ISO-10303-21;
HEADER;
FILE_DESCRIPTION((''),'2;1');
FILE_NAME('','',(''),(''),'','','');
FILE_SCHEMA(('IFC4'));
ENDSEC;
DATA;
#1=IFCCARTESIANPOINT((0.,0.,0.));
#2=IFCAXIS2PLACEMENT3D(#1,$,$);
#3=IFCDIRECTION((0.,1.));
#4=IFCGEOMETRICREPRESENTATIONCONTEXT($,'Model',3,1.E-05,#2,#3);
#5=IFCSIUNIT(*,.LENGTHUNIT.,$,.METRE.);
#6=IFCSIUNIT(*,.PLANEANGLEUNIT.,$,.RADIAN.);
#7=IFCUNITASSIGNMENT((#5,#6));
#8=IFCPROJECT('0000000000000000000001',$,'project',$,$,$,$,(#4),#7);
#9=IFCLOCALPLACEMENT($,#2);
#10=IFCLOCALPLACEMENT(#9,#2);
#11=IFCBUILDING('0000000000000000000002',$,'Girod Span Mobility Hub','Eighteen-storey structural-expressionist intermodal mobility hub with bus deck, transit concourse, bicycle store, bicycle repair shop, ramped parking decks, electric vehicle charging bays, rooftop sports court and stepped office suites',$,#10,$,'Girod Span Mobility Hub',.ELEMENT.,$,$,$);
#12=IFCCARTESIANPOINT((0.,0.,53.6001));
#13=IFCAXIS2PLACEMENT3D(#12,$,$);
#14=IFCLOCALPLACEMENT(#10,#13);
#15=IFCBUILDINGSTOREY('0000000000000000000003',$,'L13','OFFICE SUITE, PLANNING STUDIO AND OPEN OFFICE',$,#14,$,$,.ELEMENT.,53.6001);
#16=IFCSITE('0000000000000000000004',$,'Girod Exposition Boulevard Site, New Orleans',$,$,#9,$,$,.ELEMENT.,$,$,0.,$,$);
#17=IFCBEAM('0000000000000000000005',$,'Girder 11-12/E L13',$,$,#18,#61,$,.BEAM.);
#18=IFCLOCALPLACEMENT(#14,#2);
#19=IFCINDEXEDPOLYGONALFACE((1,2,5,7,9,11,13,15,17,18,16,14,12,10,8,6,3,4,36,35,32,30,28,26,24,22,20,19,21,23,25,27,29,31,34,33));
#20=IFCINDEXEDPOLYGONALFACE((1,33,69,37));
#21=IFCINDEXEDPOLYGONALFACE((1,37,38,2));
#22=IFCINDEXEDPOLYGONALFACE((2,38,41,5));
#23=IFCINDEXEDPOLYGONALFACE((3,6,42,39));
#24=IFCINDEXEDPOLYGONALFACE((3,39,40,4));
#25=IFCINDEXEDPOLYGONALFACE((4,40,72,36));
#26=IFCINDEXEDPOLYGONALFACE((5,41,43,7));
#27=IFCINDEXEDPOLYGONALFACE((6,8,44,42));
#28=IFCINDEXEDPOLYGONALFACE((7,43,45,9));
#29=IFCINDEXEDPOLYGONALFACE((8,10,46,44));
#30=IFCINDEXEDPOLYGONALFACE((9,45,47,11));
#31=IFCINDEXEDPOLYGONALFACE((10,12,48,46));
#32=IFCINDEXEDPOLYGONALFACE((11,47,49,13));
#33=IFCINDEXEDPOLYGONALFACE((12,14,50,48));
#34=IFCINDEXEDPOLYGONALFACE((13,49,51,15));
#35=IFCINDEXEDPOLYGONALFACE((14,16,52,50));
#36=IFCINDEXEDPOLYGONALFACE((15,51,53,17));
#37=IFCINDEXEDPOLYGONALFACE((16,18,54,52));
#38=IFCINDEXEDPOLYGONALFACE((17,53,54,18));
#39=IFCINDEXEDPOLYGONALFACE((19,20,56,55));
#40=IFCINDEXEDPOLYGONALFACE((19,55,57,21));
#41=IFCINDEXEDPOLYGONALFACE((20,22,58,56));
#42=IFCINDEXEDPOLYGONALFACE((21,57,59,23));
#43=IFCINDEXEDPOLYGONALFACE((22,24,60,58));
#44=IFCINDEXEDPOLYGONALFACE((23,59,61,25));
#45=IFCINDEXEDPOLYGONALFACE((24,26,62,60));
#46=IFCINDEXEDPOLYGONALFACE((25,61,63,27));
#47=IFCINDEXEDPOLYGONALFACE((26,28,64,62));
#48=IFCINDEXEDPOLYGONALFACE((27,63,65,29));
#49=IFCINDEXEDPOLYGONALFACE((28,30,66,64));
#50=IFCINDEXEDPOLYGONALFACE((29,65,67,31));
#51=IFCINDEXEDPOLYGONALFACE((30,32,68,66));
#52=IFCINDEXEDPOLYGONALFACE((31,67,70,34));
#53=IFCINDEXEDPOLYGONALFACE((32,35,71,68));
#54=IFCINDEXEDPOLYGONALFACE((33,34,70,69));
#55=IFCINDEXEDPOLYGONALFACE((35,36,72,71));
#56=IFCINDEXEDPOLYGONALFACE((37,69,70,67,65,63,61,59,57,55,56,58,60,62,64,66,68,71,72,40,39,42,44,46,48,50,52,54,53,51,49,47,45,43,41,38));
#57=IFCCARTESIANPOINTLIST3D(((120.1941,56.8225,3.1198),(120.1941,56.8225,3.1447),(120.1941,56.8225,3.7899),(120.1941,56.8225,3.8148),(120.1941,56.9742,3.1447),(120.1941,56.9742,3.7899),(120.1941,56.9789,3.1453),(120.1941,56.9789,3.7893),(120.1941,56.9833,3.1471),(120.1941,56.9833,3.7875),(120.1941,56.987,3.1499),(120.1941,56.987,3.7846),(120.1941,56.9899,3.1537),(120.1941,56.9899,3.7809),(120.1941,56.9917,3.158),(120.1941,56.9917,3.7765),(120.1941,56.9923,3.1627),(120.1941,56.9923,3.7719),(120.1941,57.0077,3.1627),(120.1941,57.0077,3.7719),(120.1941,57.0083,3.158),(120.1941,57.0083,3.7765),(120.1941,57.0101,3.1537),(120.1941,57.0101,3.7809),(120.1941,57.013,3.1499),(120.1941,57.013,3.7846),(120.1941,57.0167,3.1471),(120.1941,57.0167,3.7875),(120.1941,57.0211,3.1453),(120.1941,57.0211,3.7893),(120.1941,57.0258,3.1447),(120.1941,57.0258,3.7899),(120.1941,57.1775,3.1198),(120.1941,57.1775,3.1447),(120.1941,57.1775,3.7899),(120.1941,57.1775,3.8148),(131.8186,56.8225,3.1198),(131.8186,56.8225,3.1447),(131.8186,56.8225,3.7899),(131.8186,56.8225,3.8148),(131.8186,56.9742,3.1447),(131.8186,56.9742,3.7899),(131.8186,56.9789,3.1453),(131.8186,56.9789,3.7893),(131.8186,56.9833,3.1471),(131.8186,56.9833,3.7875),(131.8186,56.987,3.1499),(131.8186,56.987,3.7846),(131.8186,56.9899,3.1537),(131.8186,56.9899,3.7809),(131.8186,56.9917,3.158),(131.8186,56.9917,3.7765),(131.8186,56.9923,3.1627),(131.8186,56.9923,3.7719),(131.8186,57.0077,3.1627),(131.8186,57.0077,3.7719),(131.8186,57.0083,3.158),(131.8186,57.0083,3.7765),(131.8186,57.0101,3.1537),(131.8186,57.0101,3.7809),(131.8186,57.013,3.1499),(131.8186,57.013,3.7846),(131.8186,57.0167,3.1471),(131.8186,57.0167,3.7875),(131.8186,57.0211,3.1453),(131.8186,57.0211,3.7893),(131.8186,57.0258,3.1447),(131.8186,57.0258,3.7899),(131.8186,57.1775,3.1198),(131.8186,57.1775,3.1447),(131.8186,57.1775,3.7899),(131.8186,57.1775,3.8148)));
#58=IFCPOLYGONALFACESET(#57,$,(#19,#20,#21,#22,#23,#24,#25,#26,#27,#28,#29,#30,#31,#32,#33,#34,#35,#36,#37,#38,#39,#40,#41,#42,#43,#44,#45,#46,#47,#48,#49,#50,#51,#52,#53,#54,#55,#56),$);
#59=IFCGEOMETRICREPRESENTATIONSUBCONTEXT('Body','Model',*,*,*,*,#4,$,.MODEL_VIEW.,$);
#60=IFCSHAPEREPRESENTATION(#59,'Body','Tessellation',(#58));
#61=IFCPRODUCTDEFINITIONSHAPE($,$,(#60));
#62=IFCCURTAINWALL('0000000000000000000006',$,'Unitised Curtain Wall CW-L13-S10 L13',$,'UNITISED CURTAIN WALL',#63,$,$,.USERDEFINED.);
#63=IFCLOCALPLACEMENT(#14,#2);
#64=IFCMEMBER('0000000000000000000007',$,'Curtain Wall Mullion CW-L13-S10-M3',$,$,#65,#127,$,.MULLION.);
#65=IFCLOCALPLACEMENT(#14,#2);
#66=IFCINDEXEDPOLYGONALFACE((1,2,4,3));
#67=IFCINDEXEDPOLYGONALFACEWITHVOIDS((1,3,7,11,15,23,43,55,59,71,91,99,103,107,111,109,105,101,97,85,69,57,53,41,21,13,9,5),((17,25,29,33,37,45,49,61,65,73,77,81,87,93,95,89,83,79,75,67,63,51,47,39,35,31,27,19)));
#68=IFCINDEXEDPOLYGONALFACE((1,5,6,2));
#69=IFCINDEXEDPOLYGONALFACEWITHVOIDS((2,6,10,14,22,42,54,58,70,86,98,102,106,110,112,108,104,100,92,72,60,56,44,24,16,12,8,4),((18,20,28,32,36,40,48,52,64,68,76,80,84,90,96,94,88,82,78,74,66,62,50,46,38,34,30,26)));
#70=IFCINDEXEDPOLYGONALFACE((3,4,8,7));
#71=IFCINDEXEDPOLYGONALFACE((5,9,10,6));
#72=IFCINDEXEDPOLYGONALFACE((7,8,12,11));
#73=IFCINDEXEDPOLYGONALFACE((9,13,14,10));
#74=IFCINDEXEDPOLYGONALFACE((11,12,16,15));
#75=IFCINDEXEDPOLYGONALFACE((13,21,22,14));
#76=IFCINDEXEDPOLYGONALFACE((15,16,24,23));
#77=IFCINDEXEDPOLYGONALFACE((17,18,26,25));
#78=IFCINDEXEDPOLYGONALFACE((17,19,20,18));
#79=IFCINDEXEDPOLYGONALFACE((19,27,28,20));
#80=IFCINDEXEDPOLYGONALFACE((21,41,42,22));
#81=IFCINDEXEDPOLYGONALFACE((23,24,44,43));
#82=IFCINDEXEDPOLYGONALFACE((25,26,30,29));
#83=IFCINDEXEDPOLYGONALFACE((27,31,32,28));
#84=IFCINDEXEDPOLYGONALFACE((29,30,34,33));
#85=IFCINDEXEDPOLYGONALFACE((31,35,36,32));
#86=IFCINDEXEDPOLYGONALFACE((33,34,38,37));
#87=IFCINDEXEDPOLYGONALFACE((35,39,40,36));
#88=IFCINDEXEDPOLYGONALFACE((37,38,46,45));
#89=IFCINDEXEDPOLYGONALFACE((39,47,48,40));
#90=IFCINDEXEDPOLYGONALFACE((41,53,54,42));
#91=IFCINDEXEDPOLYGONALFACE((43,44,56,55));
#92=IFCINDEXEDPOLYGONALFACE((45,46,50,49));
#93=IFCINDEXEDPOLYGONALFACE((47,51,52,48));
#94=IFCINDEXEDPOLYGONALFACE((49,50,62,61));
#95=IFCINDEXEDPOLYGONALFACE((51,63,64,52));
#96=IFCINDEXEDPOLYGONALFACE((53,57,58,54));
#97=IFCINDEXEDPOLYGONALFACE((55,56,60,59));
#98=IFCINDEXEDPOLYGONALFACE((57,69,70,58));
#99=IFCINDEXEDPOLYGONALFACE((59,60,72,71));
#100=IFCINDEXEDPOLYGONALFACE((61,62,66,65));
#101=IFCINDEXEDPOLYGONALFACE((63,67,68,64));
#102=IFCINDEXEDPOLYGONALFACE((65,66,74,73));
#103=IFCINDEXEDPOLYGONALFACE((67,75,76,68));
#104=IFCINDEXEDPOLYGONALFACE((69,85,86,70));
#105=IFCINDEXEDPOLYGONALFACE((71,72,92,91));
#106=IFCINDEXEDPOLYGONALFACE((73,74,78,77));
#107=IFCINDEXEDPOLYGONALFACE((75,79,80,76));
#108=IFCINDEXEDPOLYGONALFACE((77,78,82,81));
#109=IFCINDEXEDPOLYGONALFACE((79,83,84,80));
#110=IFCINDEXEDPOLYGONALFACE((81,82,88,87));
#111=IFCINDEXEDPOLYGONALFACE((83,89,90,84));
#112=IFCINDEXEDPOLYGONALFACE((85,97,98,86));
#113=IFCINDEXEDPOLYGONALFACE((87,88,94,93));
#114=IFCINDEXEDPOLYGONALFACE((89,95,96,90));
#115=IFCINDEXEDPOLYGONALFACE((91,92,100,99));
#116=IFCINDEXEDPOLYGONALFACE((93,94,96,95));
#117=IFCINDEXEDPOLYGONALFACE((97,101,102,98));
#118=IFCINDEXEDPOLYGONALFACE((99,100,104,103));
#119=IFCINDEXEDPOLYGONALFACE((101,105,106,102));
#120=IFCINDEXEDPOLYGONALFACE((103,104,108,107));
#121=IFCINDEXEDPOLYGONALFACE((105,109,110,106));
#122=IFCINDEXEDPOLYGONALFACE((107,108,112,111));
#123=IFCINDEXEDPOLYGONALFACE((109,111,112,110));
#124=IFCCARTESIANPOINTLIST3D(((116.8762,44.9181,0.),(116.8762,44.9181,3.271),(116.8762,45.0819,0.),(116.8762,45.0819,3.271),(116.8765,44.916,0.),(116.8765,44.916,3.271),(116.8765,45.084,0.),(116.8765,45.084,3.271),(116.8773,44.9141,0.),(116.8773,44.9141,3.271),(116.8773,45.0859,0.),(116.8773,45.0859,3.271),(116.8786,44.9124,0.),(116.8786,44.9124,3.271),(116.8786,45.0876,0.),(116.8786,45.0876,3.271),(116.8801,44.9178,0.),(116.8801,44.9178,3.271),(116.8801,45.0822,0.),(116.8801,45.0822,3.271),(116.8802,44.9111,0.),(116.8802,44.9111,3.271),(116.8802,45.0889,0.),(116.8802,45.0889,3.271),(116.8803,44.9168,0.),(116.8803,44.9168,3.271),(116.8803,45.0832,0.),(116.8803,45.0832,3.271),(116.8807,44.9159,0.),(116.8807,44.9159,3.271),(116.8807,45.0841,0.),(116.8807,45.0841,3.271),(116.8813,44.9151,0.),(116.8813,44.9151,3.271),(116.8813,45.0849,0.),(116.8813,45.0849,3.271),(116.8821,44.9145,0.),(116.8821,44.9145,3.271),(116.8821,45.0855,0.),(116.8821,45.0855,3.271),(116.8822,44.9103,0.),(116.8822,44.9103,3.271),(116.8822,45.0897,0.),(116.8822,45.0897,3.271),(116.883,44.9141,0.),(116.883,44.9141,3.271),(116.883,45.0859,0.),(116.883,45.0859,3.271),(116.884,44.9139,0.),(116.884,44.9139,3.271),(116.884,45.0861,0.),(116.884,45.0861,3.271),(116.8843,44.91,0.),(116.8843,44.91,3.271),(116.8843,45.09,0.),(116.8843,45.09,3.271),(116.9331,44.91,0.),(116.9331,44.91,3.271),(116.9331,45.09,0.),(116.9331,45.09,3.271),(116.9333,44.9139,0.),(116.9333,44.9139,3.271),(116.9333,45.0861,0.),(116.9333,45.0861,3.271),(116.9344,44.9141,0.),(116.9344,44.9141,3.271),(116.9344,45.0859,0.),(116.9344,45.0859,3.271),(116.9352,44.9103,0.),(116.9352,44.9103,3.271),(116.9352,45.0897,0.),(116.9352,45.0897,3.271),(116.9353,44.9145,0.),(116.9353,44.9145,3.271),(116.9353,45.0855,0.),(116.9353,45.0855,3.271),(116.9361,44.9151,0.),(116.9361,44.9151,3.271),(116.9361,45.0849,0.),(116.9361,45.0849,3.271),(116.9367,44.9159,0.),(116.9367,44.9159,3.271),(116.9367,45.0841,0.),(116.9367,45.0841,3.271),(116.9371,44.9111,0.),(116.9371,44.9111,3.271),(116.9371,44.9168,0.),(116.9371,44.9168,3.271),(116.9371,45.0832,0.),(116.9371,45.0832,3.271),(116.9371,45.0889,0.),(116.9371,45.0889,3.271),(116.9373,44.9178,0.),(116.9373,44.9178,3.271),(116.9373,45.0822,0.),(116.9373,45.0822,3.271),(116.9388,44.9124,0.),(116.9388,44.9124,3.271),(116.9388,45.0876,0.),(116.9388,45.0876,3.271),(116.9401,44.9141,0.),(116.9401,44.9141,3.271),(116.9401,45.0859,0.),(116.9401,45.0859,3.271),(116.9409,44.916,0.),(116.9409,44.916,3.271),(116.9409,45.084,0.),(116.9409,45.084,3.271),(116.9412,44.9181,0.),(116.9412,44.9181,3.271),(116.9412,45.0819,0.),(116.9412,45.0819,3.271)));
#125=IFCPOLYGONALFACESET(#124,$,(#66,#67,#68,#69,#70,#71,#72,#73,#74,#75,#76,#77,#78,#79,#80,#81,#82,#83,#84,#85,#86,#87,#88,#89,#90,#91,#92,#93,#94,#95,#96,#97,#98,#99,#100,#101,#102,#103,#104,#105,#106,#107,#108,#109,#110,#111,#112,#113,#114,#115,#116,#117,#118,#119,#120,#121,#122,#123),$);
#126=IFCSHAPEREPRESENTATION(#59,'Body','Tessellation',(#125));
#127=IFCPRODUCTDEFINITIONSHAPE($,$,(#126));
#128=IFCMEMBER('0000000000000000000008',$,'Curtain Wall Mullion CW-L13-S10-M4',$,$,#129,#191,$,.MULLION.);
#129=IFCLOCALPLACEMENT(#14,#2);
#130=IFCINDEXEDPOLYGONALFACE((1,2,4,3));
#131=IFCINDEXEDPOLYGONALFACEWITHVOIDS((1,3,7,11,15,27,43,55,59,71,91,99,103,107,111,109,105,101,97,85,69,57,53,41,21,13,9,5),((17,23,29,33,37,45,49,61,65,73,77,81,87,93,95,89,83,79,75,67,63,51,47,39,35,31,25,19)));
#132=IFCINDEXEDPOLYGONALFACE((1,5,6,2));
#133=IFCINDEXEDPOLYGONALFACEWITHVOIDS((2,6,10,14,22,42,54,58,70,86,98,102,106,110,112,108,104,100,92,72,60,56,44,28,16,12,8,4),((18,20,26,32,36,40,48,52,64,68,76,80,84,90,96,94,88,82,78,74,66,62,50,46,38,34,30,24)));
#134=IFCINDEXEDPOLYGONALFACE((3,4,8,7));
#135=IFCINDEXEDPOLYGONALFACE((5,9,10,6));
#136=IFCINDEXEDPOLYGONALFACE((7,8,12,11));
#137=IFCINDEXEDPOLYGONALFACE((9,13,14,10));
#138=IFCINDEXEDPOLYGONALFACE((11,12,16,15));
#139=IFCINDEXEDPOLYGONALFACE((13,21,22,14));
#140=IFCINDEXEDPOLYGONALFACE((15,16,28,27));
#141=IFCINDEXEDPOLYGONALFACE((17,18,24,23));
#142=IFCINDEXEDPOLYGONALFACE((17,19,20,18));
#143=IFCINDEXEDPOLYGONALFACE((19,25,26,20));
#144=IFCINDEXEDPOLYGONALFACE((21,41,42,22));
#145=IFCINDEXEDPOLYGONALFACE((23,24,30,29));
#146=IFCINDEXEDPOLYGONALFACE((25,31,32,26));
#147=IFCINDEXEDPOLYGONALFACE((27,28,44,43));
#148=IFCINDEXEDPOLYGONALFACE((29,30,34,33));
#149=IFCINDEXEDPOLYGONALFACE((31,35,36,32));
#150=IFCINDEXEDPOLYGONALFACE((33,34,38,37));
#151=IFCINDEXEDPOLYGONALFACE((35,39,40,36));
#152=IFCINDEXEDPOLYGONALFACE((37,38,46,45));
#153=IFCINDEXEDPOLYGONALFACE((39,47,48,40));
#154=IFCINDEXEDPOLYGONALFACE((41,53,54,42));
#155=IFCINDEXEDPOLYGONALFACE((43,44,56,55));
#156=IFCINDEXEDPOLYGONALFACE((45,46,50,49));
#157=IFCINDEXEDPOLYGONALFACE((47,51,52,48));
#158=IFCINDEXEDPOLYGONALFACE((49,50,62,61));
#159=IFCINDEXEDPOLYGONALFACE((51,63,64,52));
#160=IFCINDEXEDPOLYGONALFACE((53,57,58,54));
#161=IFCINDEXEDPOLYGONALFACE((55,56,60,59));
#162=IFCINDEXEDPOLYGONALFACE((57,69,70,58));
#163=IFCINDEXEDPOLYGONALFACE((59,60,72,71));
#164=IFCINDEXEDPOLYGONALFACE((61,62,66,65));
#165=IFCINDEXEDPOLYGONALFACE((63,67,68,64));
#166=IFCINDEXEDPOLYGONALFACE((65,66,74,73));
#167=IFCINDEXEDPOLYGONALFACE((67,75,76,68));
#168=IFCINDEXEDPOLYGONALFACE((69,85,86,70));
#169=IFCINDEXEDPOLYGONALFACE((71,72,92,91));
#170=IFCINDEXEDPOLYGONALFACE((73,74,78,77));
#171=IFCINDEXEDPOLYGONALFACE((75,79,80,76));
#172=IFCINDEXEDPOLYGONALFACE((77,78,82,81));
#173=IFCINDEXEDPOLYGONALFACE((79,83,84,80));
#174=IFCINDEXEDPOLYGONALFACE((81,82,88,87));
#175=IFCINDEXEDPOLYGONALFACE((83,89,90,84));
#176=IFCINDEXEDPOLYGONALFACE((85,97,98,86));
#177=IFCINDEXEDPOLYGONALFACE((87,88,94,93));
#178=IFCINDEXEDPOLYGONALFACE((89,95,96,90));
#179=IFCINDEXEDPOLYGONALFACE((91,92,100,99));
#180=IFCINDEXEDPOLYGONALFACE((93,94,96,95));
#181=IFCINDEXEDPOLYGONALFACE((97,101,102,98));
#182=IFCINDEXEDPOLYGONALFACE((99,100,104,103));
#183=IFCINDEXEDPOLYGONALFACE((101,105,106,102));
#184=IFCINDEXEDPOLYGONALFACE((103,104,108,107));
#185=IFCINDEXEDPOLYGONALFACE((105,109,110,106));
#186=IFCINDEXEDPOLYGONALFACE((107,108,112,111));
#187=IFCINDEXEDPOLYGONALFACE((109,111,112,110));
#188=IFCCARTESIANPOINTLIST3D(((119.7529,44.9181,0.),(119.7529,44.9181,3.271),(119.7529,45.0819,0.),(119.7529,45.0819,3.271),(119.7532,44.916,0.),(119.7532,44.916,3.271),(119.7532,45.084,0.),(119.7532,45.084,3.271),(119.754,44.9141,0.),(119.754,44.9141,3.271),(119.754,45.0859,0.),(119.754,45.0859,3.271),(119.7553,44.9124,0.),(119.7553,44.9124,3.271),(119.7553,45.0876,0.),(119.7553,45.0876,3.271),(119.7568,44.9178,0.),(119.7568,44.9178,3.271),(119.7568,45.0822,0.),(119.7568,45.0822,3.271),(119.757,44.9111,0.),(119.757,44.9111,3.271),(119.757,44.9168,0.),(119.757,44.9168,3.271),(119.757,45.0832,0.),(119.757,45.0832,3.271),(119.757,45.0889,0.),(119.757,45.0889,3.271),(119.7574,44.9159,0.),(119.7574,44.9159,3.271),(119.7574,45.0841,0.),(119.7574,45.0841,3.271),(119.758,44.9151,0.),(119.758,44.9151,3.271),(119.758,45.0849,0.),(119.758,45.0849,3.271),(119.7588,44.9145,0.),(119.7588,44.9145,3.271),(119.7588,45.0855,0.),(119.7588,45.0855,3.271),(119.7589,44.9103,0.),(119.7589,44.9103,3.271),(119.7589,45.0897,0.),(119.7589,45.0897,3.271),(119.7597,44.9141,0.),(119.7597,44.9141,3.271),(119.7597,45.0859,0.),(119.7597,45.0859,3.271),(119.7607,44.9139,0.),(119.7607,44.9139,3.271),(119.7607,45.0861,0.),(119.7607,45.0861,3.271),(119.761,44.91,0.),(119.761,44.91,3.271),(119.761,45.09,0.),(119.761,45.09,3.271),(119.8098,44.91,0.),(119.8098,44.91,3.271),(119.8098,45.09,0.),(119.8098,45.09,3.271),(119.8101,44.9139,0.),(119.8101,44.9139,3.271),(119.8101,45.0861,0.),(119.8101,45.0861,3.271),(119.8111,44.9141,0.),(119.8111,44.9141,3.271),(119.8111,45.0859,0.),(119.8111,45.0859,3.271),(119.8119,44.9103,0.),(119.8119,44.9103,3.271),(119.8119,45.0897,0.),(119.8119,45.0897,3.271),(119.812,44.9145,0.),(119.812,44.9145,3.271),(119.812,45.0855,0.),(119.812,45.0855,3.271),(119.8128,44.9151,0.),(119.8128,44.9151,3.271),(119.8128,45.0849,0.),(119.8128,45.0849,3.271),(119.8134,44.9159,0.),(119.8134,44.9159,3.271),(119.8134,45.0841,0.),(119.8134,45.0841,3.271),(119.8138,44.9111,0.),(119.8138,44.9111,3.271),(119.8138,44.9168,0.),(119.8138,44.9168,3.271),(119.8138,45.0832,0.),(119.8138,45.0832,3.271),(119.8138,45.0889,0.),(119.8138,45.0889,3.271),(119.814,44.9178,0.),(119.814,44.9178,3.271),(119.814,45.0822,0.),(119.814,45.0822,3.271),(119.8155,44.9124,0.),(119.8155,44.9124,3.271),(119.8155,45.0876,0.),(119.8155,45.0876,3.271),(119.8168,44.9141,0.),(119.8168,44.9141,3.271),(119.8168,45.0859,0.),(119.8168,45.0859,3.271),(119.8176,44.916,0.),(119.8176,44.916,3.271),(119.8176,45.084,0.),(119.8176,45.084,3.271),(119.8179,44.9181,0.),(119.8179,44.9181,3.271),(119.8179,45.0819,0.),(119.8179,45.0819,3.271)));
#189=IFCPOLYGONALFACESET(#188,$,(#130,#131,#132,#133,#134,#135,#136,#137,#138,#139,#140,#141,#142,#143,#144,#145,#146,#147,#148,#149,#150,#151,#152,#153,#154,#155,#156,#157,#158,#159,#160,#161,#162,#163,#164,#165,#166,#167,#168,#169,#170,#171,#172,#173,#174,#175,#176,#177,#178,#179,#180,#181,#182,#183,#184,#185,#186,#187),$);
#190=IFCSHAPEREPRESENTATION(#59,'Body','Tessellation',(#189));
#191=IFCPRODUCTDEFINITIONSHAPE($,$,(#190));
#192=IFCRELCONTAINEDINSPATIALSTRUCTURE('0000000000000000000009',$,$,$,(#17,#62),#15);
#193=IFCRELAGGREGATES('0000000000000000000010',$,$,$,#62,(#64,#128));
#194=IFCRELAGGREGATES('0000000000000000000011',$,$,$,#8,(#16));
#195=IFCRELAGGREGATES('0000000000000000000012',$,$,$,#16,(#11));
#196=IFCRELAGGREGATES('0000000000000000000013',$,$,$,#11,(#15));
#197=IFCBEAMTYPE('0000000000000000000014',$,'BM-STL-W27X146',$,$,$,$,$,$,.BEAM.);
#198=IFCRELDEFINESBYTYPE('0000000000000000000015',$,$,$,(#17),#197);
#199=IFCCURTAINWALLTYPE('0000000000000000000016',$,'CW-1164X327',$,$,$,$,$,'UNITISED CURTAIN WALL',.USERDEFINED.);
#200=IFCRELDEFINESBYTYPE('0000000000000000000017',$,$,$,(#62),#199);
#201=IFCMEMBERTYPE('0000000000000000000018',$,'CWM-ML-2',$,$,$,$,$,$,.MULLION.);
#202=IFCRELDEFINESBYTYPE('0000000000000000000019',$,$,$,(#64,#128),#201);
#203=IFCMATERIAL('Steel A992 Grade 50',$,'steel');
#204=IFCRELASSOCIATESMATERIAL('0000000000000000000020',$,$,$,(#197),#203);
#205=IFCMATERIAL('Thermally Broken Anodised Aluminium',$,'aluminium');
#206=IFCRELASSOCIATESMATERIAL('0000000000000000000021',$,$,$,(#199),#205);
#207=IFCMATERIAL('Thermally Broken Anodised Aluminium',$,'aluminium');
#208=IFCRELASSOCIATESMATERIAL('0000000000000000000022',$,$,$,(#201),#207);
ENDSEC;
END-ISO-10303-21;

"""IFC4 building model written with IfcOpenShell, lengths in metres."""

from ifc_helpers import new_model, si_unit, direction, frame, origin, origin_2d, place, context, subcontext, project, spatial, hollow_rectangle, i_section, extrude, material, material_profile, profile_set, type_object, element, aggregate, save


model = new_model("IFC4")

# Units and contexts
model_context = context("Model", 3, precision=1e-05, world=origin(), true_north=direction((0.0, 1.0)))
body_context = subcontext(model_context, "Body", "Model", "MODEL_VIEW")
ifc_project = project(units=[si_unit("LENGTHUNIT", "METRE"), si_unit("PLANEANGLEUNIT", "RADIAN")], contexts=[model_context])

# Site, building, storey
site_placement = place(None, origin())
site = spatial("IfcSite", under=ifc_project, at=site_placement, Name="Girod Exposition Boulevard Site, New Orleans", CompositionType="ELEMENT", RefElevation=0.0)
building_placement = place(site_placement, origin())
building = spatial("IfcBuilding", under=site, at=building_placement, Name="Girod Span Mobility Hub", Description="Eighteen-storey structural-expressionist intermodal mobility hub with bus deck, transit concourse, bicycle store, bicycle repair shop, ramped parking decks, electric vehicle charging bays, rooftop sports court and stepped office suites", LongName="Girod Span Mobility Hub", CompositionType="ELEMENT")
storey_placement = place(building_placement, frame((0.0, 0.0, 53.6001)))
storey = spatial("IfcBuildingStorey", under=building, at=storey_placement, Name="L13", Description="OFFICE SUITE, PLANNING STUDIO AND OPEN OFFICE", CompositionType="ELEMENT", Elevation=53.6001)

# Beam
ifc_material_1 = material(Name="Steel A992 Grade 50", Category="steel")
ifc_material_profile_1 = material_profile(ifc_material_1, i_section(OverallWidth=0.355, OverallDepth=0.6951, WebThickness=0.0154, FlangeThickness=0.0249, FilletRadius=0.0181, at=origin_2d()), Name="W27X146")
ifc_profile_set_1 = profile_set([ifc_material_profile_1], Name="Steel A992 Grade 50")
beam_type_1 = type_object("IfcBeamType", Name="BM-STL-W27X146", PredefinedType="BEAM", material=ifc_profile_set_1)
beam_1_placement = place(storey_placement, frame((120.1941, 57.0, 3.4673), z_axis=(1.0, 0.0, 0.0), x_axis=(0.0, 1.0, 0.0)))
element("IfcBeam", 1, at=beam_1_placement, inside=storey, type_object=beam_type_1, Name="Girder 11-12/E L13", PredefinedType="BEAM", context=body_context, shape_type="SweptSolid", body=[
    extrude(i_section(OverallWidth=0.355, OverallDepth=0.6951, WebThickness=0.0154, FlangeThickness=0.0249, FilletRadius=0.0181, at=origin_2d()), origin(), (0.0, 0.0, 1.0), 11.6245),
])

# Curtain wall, members
ifc_material_2 = material(Name="Thermally Broken Anodised Aluminium", Category="aluminium")
curtain_wall_type = type_object("IfcCurtainWallType", Name="CW-1164X327", ElementType="UNITISED CURTAIN WALL", PredefinedType="USERDEFINED", material=ifc_material_2)
curtain_wall_placement = place(storey_placement, origin())
curtain_wall = element("IfcCurtainWall", 2, at=curtain_wall_placement, inside=storey, type_object=curtain_wall_type, Name="Unitised Curtain Wall CW-L13-S10 L13", ObjectType="UNITISED CURTAIN WALL", PredefinedType="USERDEFINED")
ifc_material_3 = material(Name="Thermally Broken Anodised Aluminium", Category="aluminium")
ifc_material_profile_2 = material_profile(ifc_material_3, hollow_rectangle(XDim=0.1799, YDim=0.0649, WallThickness=0.0039, InnerFilletRadius=0.0039, OuterFilletRadius=0.0081, at=origin_2d()), Name="CW-ML-65X180")
ifc_profile_set_2 = profile_set([ifc_material_profile_2], Name="Thermally Broken Anodised Aluminium")
member_type_1 = type_object("IfcMemberType", Name="CWM-ML-2", PredefinedType="MULLION", material=ifc_profile_set_2)
member_1_placement = place(storey_placement, frame((116.9087, 45.0, 0.0), z_axis=(0.0, 0.0, 1.0), x_axis=(0.0, 1.0, 0.0)))
member_1 = element("IfcMember", 3, at=member_1_placement, type_object=member_type_1, Name="Curtain Wall Mullion CW-L13-S10-M3", PredefinedType="MULLION", context=body_context, shape_type="SweptSolid", body=[
    extrude(hollow_rectangle(XDim=0.1799, YDim=0.0649, WallThickness=0.0039, InnerFilletRadius=0.0039, OuterFilletRadius=0.0081, at=origin_2d()), origin(), (0.0, 0.0, 1.0), 3.271),
])
member_2_placement = place(storey_placement, frame((119.7854, 45.0, 0.0), z_axis=(0.0, 0.0, 1.0), x_axis=(0.0, 1.0, 0.0)))
member_2 = element("IfcMember", 4, at=member_2_placement, type_object=member_type_1, Name="Curtain Wall Mullion CW-L13-S10-M4", PredefinedType="MULLION", context=body_context, shape_type="SweptSolid", body=[
    extrude(hollow_rectangle(XDim=0.1799, YDim=0.0649, WallThickness=0.0039, InnerFilletRadius=0.0039, OuterFilletRadius=0.0081, at=origin_2d()), origin(), (0.0, 0.0, 1.0), 3.271),
])

aggregate(curtain_wall, [member_1, member_2])

save(model, "model.ifc")
